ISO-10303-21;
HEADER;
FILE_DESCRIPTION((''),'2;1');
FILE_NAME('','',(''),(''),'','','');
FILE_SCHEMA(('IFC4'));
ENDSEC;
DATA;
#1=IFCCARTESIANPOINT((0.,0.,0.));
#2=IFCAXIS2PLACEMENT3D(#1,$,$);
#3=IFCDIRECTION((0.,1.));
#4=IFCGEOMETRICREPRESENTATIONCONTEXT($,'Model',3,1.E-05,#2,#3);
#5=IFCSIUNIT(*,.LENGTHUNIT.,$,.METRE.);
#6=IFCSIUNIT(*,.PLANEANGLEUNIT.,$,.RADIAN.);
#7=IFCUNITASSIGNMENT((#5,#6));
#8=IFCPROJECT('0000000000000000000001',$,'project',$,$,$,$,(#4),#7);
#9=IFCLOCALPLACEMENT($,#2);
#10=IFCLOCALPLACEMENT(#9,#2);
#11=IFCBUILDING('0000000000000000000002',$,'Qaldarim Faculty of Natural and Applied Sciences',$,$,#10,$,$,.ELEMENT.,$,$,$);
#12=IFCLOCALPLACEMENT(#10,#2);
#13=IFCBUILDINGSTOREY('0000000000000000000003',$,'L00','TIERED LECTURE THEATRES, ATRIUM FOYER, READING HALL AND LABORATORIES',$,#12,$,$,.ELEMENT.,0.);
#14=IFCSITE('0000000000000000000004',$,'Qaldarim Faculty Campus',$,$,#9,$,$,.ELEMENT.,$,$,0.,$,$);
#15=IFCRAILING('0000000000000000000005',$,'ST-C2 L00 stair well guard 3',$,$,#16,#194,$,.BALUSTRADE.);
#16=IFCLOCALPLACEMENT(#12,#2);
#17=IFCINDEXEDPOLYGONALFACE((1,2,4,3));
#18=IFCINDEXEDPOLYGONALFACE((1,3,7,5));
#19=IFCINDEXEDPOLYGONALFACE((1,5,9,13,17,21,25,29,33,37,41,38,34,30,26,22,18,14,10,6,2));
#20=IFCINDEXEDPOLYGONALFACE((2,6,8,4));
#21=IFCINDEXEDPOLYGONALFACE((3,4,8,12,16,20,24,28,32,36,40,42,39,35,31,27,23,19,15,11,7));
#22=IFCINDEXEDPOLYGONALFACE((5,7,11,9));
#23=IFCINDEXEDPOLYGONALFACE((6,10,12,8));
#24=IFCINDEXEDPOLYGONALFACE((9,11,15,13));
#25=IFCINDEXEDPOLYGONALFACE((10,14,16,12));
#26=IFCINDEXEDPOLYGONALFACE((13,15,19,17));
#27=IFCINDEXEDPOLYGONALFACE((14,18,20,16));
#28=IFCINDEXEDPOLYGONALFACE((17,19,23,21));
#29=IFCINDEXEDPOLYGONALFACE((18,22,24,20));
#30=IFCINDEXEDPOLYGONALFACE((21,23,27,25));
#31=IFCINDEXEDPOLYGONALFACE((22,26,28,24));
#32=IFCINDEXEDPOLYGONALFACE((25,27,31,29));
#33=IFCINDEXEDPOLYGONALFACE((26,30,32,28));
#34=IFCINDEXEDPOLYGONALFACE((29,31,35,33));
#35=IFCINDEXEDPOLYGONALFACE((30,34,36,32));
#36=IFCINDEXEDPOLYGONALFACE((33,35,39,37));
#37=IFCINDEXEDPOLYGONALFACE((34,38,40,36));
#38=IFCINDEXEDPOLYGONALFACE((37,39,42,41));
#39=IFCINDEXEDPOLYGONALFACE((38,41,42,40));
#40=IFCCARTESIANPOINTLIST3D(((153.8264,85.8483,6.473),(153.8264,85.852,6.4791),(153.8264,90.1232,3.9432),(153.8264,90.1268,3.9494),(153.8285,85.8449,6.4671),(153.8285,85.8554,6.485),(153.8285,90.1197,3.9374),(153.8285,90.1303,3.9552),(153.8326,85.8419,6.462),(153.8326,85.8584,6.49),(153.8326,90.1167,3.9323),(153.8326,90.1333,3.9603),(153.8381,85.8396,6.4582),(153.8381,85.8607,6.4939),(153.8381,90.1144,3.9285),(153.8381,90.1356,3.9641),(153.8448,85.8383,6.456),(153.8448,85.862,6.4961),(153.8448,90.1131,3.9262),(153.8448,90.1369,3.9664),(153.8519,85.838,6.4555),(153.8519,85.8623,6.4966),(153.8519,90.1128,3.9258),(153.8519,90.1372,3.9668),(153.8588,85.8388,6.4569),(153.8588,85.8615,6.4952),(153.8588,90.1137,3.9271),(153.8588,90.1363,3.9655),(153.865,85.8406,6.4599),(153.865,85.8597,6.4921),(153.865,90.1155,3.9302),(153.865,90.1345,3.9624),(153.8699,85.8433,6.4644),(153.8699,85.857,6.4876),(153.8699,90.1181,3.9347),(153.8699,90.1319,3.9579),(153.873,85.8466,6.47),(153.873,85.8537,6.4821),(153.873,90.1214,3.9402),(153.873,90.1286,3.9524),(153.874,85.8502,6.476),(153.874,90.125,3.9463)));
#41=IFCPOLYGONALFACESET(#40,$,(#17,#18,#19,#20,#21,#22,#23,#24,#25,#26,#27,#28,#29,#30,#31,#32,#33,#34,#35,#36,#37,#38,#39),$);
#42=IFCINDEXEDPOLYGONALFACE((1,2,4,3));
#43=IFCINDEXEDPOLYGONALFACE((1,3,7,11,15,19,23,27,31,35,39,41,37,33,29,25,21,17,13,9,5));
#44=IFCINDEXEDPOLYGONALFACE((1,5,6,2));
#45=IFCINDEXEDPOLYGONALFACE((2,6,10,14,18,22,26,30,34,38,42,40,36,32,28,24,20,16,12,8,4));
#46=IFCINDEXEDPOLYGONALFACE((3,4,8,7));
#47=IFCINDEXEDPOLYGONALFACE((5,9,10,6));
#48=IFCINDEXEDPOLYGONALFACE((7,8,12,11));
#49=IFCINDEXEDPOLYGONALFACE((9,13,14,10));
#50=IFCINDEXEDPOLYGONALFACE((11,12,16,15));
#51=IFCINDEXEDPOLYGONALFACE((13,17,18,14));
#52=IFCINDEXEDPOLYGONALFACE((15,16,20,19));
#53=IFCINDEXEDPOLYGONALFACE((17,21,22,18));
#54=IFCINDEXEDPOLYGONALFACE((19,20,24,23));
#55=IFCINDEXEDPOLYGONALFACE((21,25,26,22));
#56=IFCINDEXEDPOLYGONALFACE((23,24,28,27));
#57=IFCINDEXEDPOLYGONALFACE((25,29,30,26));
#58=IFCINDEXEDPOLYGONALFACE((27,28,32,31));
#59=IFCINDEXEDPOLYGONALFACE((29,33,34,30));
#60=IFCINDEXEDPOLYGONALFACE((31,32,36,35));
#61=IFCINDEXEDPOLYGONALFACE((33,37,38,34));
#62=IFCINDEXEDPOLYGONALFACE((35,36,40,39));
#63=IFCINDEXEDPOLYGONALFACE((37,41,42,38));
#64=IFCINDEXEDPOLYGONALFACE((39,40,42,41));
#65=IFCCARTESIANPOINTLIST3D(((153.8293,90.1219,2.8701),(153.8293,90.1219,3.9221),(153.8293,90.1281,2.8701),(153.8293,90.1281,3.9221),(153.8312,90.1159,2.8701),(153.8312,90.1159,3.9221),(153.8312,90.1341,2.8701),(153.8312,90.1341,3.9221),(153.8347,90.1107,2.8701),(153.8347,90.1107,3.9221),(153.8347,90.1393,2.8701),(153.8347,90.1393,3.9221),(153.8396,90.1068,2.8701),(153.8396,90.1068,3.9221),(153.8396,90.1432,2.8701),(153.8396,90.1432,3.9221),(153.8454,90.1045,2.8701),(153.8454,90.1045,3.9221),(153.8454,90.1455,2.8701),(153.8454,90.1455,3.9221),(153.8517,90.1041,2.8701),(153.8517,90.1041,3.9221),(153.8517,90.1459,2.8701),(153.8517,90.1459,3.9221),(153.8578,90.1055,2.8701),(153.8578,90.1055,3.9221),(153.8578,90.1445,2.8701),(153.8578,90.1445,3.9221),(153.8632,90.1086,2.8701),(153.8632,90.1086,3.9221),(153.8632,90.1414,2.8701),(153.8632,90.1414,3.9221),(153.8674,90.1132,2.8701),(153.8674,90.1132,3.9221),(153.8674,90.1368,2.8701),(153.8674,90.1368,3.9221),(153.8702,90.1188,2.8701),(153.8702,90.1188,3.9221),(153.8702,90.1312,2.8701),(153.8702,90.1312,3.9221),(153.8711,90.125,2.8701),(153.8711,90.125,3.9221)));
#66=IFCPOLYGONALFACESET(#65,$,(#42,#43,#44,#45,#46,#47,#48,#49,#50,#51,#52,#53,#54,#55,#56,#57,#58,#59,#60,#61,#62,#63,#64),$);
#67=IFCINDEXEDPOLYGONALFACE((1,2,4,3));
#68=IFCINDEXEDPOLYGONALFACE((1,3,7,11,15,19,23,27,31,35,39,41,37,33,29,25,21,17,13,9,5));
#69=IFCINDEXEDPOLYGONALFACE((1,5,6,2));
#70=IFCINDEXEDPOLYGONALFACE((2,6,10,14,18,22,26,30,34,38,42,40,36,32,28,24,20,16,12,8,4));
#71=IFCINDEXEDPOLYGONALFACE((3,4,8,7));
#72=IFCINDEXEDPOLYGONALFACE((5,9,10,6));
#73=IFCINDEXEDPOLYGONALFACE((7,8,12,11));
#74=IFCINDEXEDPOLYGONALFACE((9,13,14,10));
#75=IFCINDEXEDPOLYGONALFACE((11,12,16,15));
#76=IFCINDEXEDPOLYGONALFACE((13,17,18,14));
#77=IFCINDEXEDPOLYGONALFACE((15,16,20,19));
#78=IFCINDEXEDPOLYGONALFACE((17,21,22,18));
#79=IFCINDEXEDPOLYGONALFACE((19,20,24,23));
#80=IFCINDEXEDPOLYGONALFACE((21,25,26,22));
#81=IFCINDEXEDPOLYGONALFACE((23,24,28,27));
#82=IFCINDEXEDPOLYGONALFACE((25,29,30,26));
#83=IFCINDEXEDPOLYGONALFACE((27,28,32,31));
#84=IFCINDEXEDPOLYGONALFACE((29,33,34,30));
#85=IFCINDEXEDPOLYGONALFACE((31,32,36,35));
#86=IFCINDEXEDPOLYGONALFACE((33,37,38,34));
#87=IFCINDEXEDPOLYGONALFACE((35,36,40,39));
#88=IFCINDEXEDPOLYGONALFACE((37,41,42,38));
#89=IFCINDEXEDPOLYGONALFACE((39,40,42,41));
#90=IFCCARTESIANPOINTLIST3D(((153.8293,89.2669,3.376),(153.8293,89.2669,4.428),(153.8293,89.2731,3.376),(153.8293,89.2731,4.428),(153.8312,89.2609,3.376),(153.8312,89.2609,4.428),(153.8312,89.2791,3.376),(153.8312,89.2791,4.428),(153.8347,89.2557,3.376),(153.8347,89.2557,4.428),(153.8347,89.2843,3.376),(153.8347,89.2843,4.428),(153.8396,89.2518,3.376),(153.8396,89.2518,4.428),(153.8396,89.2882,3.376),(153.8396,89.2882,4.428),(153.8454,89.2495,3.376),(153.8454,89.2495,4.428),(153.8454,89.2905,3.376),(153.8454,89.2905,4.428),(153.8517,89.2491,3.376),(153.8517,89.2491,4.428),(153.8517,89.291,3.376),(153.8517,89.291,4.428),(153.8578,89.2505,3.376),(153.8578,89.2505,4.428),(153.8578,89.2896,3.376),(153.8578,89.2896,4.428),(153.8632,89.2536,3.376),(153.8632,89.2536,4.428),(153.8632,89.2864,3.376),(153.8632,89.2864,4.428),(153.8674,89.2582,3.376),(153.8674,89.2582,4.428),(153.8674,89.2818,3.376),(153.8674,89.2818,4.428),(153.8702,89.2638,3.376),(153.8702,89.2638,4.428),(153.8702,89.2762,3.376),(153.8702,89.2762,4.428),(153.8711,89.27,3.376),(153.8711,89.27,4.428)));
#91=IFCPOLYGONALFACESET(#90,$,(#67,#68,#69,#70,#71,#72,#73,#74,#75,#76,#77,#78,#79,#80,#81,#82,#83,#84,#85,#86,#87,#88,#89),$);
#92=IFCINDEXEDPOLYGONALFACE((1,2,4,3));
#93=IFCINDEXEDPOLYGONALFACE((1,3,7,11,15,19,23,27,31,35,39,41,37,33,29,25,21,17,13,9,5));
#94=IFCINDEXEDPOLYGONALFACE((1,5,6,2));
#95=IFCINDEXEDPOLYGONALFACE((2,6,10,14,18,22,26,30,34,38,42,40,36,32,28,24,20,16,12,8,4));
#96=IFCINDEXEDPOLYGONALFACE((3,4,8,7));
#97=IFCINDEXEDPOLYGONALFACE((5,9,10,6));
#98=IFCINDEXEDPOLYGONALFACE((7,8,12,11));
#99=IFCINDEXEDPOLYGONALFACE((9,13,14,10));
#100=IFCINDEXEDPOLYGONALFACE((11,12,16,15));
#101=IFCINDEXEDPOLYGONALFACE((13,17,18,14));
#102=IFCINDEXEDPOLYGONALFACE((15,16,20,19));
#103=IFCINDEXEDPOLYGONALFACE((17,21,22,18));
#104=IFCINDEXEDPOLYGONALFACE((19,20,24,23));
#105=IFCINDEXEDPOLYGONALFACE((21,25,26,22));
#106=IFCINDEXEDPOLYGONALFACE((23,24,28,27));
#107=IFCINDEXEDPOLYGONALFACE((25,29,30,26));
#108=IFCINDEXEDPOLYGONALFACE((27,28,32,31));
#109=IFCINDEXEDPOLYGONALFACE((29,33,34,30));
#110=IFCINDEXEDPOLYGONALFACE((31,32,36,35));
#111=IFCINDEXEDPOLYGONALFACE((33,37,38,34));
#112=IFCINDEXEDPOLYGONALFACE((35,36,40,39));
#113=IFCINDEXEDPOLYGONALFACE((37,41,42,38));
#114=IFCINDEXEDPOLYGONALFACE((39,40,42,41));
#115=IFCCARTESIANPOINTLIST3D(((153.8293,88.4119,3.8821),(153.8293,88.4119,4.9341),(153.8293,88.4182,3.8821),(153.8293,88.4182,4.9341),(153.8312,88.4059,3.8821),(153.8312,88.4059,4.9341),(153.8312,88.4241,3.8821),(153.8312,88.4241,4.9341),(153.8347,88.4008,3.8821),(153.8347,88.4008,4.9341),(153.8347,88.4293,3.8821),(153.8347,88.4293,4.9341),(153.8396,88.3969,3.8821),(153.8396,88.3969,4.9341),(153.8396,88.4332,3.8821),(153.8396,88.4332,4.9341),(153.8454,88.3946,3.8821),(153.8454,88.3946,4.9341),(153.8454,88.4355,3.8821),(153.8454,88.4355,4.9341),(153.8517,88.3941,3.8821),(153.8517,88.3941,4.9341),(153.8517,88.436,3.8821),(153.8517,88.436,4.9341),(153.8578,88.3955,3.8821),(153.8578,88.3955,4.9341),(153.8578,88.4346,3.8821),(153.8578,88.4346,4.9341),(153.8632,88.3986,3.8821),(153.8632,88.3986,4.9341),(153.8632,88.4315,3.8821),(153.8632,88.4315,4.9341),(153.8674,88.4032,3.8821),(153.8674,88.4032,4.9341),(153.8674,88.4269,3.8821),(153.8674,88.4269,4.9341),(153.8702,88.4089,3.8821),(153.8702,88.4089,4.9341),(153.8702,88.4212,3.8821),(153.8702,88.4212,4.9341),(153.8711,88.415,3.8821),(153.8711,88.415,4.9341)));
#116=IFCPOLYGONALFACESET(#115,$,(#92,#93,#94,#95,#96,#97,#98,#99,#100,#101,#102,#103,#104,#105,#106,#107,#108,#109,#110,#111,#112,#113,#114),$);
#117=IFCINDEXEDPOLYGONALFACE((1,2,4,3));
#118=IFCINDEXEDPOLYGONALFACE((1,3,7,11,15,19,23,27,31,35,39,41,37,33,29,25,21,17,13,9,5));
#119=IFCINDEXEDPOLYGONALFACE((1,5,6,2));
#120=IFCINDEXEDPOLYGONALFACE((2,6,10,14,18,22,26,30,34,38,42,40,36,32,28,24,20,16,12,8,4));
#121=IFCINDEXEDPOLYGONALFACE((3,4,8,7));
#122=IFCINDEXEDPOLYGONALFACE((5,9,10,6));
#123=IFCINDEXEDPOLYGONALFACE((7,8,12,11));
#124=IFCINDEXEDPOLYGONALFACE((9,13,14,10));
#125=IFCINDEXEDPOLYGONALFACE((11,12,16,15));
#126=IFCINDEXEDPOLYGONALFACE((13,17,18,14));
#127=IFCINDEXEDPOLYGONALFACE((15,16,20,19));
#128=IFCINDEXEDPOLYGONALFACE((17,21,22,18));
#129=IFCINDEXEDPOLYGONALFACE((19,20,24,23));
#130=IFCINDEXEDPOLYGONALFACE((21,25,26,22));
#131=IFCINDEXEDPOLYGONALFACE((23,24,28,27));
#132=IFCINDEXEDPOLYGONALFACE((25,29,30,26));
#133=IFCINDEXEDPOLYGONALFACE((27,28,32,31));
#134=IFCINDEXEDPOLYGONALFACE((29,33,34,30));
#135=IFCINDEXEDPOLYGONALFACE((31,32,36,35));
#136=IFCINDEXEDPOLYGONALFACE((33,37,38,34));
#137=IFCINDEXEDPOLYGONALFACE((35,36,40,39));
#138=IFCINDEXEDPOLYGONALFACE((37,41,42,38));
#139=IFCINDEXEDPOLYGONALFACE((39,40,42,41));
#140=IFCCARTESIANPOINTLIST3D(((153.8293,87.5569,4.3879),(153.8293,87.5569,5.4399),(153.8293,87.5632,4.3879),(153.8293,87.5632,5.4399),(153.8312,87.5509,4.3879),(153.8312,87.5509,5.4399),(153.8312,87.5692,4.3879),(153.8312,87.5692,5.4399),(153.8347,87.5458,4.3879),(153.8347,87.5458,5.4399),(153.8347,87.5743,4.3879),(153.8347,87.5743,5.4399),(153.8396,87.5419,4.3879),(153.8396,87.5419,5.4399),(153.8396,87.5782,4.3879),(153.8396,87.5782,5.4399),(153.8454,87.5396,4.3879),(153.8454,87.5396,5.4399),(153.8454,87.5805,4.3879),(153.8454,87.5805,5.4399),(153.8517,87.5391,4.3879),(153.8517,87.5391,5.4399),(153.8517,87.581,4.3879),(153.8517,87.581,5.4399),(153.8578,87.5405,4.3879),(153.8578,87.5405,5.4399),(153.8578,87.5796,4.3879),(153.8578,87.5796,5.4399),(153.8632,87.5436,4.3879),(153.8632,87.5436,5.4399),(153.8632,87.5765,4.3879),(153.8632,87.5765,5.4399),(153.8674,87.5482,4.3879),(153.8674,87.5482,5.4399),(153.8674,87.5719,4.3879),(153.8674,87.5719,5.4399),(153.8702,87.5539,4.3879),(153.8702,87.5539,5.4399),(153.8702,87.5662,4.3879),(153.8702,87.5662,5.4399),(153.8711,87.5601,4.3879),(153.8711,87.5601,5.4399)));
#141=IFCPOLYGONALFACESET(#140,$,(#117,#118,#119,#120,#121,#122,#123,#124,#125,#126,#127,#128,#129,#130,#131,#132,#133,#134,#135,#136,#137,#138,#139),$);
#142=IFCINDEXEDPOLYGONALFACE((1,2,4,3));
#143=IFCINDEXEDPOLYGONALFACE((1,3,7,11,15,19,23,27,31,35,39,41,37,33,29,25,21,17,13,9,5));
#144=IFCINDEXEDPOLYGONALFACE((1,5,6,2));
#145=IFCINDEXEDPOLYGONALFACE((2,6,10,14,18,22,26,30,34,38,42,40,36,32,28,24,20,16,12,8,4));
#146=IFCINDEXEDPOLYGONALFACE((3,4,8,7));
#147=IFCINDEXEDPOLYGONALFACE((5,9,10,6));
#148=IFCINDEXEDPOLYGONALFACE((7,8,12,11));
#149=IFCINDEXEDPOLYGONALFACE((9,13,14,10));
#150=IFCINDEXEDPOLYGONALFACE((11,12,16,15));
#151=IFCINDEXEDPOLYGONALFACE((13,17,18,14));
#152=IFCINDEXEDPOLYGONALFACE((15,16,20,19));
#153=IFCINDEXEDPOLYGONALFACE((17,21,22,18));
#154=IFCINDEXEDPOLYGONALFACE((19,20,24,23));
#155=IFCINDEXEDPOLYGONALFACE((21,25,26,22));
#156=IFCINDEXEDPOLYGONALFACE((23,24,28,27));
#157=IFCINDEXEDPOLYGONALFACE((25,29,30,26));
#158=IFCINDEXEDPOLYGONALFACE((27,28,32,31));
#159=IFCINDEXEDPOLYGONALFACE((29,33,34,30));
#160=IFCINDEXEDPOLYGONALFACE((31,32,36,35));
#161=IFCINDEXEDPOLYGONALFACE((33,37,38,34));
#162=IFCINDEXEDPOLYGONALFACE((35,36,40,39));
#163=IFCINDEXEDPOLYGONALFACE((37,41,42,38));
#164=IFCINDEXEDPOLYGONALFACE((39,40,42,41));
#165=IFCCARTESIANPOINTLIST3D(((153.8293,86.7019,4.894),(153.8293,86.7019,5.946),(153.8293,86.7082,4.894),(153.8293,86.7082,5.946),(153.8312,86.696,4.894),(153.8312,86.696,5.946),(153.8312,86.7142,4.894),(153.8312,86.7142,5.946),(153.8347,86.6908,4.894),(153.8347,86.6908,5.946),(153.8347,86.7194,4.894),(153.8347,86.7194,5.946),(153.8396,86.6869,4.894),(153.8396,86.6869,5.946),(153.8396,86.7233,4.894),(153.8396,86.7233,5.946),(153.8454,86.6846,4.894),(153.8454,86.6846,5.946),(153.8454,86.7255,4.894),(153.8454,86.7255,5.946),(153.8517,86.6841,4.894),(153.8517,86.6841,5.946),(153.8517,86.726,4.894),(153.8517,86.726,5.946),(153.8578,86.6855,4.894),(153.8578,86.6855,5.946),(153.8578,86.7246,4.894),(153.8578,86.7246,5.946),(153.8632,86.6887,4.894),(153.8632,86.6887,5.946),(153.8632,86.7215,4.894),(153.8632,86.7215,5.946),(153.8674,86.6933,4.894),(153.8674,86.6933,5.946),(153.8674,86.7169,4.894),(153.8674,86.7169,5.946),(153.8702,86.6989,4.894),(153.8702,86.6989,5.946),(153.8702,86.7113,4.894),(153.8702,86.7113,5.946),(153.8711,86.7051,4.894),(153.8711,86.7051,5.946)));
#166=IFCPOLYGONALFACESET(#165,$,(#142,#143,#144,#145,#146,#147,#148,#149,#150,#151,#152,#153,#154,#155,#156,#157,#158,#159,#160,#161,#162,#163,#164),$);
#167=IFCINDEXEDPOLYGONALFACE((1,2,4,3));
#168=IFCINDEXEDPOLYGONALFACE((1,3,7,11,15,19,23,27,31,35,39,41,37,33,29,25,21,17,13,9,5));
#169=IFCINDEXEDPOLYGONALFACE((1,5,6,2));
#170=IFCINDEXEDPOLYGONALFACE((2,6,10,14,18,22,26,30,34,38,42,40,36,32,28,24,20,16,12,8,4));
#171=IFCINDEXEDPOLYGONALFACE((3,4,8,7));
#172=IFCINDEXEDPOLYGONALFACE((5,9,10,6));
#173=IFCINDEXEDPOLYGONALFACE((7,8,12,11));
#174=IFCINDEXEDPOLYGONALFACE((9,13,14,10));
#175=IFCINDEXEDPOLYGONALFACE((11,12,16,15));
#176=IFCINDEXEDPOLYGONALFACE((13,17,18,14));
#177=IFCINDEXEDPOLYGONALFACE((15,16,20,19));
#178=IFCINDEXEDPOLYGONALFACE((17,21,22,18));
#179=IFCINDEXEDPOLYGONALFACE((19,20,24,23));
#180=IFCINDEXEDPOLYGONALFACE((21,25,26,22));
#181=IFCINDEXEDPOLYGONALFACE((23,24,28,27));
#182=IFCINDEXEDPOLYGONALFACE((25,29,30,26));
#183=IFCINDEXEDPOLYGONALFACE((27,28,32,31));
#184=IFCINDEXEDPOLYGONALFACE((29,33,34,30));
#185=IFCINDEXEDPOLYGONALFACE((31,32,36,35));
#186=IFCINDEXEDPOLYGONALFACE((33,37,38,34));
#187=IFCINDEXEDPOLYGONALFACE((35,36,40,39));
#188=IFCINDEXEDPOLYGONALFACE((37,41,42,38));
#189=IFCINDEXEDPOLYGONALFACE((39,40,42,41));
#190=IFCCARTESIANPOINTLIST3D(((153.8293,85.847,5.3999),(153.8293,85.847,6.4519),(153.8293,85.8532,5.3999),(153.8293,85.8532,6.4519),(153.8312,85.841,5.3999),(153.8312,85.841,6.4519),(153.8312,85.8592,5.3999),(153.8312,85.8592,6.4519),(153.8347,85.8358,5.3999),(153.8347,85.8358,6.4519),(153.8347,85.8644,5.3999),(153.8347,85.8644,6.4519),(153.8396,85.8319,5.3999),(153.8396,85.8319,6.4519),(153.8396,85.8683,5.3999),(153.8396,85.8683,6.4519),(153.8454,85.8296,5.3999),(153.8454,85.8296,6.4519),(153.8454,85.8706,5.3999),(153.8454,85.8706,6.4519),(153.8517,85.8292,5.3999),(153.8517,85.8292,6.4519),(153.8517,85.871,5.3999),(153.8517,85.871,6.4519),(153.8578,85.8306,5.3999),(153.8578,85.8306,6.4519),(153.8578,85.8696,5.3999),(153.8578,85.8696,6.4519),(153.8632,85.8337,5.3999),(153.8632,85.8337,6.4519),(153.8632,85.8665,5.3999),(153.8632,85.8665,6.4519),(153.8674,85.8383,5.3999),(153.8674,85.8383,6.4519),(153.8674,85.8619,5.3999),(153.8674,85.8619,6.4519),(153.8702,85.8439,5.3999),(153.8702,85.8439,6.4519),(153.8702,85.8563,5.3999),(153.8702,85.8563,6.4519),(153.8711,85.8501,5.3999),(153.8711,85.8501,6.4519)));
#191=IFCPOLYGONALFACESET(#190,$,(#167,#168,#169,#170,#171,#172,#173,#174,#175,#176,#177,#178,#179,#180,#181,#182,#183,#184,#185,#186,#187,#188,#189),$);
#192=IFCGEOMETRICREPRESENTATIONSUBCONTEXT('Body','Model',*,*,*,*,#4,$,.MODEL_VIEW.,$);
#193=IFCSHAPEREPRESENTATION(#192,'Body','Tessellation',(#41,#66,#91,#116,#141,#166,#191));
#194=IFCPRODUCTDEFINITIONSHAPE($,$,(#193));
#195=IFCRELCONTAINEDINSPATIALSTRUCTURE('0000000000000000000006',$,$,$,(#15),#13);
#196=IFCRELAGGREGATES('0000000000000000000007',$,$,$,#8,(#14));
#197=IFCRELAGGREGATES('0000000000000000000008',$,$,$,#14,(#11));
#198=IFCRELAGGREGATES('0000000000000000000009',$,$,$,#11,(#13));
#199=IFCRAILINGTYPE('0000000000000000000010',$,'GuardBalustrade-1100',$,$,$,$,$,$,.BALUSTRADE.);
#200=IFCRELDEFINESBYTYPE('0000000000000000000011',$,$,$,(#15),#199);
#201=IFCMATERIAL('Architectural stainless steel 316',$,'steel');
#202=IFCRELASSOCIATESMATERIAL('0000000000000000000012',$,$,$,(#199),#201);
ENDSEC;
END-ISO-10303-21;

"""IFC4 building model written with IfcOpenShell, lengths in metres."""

from ifc_helpers import new_model, si_unit, direction, frame, origin, origin_2d, place, context, subcontext, project, spatial, circle, extrude, material, type_object, element, save


model = new_model("IFC4")

# Units and contexts
model_context = context("Model", 3, precision=1e-05, world=origin(), true_north=direction((0.0, 1.0)))
body_context = subcontext(model_context, "Body", "Model", "MODEL_VIEW")
ifc_project = project(units=[si_unit("LENGTHUNIT", "METRE"), si_unit("PLANEANGLEUNIT", "RADIAN")], contexts=[model_context])

# Site, building, storey
site_placement = place(None, origin())
site = spatial("IfcSite", under=ifc_project, at=site_placement, Name="Qaldarim Faculty Campus", CompositionType="ELEMENT", RefElevation=0.0)
building_placement = place(site_placement, origin())
building = spatial("IfcBuilding", under=site, at=building_placement, Name="Qaldarim Faculty of Natural and Applied Sciences", CompositionType="ELEMENT")
storey_placement = place(building_placement, origin())
storey = spatial("IfcBuildingStorey", under=building, at=storey_placement, Name="L00", Description="TIERED LECTURE THEATRES, ATRIUM FOYER, READING HALL AND LABORATORIES", CompositionType="ELEMENT", Elevation=0.0)

# Railing
ifc_material_1 = material(Name="Architectural stainless steel 316", Category="steel")
railing_type_1 = type_object("IfcRailingType", Name="GuardBalustrade-1100", PredefinedType="BALUSTRADE", material=ifc_material_1)
railing_1_placement = place(storey_placement, frame((153.8501, 90.125, 2.8701)))
element("IfcRailing", 1, at=railing_1_placement, inside=storey, type_object=railing_type_1, Name="ST-C2 L00 stair well guard 3", PredefinedType="BALUSTRADE", context=body_context, shape_type="SweptSolid", body=[
    extrude(circle(Radius=0.0239, at=origin_2d()), frame((0.0, 0.0, 1.0762), z_axis=(0.0, -0.8606, 0.509282), x_axis=(1.0, 0.0, 0.0)), (0.0, 0.0, 1.0), 4.9673),
    extrude(circle(Radius=0.021, at=origin_2d()), origin(), (0.0, 0.0, 1.0), 1.052),
    extrude(circle(Radius=0.021, at=origin_2d()), frame((0.0, -0.855, 0.5059)), (0.0, 0.0, 1.0), 1.052),
    extrude(circle(Radius=0.021, at=origin_2d()), frame((0.0, -1.71, 1.012)), (0.0, 0.0, 1.0), 1.052),
    extrude(circle(Radius=0.021, at=origin_2d()), frame((0.0, -2.5649, 1.5178)), (0.0, 0.0, 1.0), 1.052),
    extrude(circle(Radius=0.021, at=origin_2d()), frame((0.0, -3.4199, 2.0239)), (0.0, 0.0, 1.0), 1.052),
    extrude(circle(Radius=0.021, at=origin_2d()), frame((0.0, -4.2749, 2.5298)), (0.0, 0.0, 1.0), 1.052),
])

save(model, "model.ifc")
